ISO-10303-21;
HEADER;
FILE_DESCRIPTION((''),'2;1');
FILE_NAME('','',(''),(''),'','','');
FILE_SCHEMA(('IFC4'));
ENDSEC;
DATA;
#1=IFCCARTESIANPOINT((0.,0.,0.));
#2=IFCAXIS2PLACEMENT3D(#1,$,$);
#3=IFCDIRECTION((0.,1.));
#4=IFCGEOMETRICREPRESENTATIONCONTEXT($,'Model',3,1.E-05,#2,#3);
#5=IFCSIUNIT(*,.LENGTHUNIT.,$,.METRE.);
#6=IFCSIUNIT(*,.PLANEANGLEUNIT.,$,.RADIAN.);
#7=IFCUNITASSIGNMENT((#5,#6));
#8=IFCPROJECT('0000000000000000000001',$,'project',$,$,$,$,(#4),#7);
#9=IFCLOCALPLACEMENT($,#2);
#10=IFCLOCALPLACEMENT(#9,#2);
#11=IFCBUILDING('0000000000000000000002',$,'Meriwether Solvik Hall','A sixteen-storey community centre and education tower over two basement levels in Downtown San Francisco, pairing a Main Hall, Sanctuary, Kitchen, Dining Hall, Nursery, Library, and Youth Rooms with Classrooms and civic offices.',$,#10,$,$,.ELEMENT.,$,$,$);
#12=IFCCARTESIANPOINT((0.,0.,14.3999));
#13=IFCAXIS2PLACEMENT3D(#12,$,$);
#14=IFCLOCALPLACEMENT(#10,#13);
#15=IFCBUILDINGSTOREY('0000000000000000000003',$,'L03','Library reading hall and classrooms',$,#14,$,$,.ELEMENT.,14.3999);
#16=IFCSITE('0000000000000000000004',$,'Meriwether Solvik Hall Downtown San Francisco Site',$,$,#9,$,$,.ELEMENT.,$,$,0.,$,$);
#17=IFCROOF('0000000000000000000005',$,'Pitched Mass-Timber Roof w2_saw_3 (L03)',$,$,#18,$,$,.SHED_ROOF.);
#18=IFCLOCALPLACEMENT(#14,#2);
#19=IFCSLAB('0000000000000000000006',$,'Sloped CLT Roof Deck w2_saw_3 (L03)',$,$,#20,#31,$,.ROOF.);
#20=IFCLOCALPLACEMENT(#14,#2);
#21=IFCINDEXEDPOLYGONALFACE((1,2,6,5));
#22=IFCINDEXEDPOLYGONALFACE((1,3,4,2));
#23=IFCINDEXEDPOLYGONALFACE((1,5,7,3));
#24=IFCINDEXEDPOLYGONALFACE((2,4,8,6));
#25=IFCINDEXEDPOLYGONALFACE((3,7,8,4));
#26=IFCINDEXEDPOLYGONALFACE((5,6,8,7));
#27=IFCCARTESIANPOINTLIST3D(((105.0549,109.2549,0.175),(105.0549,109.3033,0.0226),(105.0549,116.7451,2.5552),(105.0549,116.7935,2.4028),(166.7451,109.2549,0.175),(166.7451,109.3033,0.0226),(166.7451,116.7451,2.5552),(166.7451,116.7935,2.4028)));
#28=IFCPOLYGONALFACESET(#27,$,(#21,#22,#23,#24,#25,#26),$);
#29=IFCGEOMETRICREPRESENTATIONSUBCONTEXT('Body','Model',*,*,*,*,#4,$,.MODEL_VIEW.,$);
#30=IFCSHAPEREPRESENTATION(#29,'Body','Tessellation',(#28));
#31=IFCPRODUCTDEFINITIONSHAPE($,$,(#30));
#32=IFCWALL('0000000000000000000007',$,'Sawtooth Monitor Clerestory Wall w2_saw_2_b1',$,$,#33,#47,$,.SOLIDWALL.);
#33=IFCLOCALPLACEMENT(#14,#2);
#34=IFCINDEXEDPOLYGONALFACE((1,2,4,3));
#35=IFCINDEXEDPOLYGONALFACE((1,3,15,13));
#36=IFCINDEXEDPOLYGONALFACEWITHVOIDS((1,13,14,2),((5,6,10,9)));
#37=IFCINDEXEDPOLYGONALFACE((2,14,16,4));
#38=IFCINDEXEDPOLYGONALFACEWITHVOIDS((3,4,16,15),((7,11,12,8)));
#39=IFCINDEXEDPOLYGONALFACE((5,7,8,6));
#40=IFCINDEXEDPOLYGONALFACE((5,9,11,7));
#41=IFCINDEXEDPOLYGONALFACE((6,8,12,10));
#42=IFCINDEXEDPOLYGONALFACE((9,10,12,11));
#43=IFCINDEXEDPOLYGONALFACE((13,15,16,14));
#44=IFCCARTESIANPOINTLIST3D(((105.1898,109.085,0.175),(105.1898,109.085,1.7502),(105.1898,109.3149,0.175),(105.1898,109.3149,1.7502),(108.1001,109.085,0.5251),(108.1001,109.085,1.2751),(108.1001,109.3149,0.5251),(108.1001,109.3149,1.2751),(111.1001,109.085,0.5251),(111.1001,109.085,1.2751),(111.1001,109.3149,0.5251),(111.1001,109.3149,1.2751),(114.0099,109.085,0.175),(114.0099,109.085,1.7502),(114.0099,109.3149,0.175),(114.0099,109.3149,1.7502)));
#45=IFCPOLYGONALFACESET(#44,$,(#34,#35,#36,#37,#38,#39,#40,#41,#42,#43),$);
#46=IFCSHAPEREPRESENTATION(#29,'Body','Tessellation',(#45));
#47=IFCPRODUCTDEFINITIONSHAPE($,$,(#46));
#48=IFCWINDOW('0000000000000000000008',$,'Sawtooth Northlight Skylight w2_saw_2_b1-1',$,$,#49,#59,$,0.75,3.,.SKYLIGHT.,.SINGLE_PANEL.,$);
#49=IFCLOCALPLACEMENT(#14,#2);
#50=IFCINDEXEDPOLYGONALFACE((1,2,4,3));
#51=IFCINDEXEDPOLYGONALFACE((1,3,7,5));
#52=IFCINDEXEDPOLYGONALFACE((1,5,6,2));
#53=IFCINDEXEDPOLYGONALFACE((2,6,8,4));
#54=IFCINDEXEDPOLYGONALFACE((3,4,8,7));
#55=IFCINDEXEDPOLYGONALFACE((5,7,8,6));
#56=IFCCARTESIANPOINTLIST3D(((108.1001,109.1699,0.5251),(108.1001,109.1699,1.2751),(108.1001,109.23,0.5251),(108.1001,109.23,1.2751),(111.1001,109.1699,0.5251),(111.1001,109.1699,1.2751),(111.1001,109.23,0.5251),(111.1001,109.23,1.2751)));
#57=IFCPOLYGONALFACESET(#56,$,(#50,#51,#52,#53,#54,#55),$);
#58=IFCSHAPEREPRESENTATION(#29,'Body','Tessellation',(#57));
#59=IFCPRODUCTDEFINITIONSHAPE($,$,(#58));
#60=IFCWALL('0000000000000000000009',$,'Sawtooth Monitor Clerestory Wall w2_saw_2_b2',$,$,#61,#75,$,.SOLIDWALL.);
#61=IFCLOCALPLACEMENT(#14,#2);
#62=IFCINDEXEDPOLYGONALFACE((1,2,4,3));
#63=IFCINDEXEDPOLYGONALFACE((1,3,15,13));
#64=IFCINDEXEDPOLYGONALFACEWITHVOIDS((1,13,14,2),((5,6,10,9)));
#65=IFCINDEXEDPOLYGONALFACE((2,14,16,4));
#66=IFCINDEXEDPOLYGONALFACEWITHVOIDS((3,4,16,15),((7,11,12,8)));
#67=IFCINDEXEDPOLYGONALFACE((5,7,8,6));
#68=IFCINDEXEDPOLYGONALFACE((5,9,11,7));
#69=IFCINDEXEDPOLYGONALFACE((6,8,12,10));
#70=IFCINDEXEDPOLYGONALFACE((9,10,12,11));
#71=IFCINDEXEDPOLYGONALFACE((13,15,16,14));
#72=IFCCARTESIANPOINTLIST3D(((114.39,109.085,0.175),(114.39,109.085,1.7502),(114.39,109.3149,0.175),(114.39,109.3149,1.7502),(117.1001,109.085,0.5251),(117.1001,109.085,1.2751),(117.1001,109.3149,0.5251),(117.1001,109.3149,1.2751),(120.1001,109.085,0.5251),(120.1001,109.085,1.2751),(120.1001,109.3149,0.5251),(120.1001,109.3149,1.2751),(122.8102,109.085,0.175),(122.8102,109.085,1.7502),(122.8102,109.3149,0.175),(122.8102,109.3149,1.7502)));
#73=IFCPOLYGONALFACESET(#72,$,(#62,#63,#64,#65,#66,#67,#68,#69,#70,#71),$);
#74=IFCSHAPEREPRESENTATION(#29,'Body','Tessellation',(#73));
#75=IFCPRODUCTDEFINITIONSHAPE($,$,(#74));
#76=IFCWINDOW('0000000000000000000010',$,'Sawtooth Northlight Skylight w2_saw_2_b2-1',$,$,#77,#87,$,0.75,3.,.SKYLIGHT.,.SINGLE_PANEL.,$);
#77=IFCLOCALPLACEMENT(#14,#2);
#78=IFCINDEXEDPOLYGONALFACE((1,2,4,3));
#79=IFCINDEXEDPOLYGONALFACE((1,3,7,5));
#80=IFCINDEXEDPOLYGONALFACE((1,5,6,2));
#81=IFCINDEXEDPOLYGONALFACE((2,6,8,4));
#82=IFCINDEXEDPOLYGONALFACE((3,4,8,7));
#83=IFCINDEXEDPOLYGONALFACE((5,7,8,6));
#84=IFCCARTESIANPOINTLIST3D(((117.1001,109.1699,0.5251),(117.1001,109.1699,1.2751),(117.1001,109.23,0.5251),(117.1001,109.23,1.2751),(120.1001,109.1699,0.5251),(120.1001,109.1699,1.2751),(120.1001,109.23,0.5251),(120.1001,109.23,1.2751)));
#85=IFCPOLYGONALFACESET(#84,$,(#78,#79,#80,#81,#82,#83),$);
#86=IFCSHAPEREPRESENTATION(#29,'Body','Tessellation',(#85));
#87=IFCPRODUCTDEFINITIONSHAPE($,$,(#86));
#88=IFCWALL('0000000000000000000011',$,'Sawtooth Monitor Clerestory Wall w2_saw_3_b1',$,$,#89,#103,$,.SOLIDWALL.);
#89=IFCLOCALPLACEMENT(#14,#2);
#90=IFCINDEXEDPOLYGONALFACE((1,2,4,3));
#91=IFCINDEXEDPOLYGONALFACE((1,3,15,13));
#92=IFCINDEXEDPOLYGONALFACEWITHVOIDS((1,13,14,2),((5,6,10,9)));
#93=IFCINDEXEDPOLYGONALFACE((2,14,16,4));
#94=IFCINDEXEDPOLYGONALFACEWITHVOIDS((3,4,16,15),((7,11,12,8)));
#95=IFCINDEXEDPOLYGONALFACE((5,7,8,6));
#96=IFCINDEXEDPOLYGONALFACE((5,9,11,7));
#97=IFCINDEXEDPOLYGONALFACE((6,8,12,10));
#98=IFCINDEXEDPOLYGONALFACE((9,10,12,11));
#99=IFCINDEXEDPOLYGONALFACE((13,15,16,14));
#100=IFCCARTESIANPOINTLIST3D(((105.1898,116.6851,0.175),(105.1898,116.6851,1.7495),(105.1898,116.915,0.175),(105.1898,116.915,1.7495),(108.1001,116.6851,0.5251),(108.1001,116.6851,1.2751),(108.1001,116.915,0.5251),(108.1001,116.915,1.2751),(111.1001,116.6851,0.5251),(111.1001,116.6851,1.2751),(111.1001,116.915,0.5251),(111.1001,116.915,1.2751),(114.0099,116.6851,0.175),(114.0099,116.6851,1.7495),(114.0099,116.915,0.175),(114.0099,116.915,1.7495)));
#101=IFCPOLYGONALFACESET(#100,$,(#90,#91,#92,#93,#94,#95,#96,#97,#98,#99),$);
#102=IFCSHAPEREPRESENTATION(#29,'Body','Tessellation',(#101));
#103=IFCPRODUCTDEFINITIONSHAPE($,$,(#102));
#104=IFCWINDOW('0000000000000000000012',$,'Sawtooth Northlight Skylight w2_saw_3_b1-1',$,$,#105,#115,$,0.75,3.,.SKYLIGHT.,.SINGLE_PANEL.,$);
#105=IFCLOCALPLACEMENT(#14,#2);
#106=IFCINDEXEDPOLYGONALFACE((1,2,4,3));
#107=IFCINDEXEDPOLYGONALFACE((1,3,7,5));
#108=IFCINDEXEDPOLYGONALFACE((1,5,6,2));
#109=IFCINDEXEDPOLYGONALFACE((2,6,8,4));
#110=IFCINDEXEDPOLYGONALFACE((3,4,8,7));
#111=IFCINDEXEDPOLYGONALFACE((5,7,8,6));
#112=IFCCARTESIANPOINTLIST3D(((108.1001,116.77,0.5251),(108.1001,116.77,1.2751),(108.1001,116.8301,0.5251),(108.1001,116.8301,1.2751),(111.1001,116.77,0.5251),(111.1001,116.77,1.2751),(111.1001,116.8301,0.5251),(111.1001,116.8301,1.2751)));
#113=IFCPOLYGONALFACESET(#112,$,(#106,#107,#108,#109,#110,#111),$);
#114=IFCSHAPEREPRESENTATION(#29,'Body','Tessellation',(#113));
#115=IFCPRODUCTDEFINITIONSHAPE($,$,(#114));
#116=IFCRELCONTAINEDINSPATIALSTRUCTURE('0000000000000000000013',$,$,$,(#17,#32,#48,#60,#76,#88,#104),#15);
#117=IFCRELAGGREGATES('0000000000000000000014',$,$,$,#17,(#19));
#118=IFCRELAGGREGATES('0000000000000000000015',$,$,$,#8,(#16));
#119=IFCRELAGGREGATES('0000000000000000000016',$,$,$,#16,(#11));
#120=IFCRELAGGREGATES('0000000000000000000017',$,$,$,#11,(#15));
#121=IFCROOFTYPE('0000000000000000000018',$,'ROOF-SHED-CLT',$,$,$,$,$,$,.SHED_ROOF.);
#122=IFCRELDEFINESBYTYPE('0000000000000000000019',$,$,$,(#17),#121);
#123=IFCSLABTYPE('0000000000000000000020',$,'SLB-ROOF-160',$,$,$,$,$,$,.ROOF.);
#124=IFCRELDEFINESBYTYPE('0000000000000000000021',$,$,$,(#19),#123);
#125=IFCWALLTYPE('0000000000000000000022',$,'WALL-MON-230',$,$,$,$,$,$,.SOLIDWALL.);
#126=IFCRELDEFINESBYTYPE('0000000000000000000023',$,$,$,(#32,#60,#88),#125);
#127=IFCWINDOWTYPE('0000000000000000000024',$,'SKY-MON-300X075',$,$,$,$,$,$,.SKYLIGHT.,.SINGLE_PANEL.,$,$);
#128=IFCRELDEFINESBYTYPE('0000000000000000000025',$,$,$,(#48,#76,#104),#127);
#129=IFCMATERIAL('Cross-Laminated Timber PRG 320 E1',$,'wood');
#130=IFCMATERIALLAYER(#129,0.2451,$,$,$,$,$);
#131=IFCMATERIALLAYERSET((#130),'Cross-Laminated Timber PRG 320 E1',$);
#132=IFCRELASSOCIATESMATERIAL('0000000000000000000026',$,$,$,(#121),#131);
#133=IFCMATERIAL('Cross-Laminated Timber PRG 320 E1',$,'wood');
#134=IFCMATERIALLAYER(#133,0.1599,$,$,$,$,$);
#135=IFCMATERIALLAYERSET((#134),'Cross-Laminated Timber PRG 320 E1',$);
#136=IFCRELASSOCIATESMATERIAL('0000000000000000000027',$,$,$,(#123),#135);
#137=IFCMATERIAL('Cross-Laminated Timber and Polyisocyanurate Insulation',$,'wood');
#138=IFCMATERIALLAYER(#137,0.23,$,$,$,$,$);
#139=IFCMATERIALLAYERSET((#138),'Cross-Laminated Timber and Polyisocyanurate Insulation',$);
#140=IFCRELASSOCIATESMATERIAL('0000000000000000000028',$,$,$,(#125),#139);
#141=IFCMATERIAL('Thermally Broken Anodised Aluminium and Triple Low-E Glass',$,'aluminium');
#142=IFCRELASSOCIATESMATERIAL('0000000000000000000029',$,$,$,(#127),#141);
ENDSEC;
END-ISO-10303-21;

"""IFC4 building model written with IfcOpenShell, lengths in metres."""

from ifc_helpers import new_model, si_unit, direction, frame, frame_2d, origin, place, context, subcontext, project, spatial, polyline, rectangle, outline, extrude, material, layer, layer_set, type_object, element, fill, aggregate, save


model = new_model("IFC4")

# Units and contexts
model_context = context("Model", 3, precision=1e-05, world=origin(), true_north=direction((0.0, 1.0)))
body_context = subcontext(model_context, "Body", "Model", "MODEL_VIEW")
ifc_project = project(units=[si_unit("LENGTHUNIT", "METRE"), si_unit("PLANEANGLEUNIT", "RADIAN")], contexts=[model_context])

# Site, building, storey
site_placement = place(None, origin())
site = spatial("IfcSite", under=ifc_project, at=site_placement, Name="Meriwether Solvik Hall Downtown San Francisco Site", CompositionType="ELEMENT", RefElevation=0.0)
building_placement = place(site_placement, origin())
building = spatial("IfcBuilding", under=site, at=building_placement, Name="Meriwether Solvik Hall", Description="A sixteen-storey community centre and education tower over two basement levels in Downtown San Francisco, pairing a Main Hall, Sanctuary, Kitchen, Dining Hall, Nursery, Library, and Youth Rooms with Classrooms and civic offices.", CompositionType="ELEMENT")
storey_placement = place(building_placement, frame((0.0, 0.0, 14.3999)))
storey = spatial("IfcBuildingStorey", under=building, at=storey_placement, Name="L03", Description="Library reading hall and classrooms", CompositionType="ELEMENT", Elevation=14.3999)

# Roof, slab
ifc_material_1 = material(Name="Cross-Laminated Timber PRG 320 E1", Category="wood")
ifc_layer_1 = layer(ifc_material_1, 0.2451)
ifc_layer_set_1 = layer_set([ifc_layer_1], Name="Cross-Laminated Timber PRG 320 E1")
roof_type = type_object("IfcRoofType", Name="ROOF-SHED-CLT", PredefinedType="SHED_ROOF", material=ifc_layer_set_1)
roof_placement = place(storey_placement, origin())
roof = element("IfcRoof", 1, at=roof_placement, inside=storey, type_object=roof_type, Name="Pitched Mass-Timber Roof w2_saw_3 (L03)", PredefinedType="SHED_ROOF")
ifc_material_2 = material(Name="Cross-Laminated Timber PRG 320 E1", Category="wood")
ifc_layer_2 = layer(ifc_material_2, 0.1599)
ifc_layer_set_2 = layer_set([ifc_layer_2], Name="Cross-Laminated Timber PRG 320 E1")
slab_type = type_object("IfcSlabType", Name="SLB-ROOF-160", PredefinedType="ROOF", material=ifc_layer_set_2)
slab_placement = place(storey_placement, frame((105.0549, 109.2549, 0.175), z_axis=(0.0, -0.302842, 0.953041), x_axis=(1.0, 0.0, 0.0)))
slab = element("IfcSlab", 2, at=slab_placement, type_object=slab_type, Name="Sloped CLT Roof Deck w2_saw_3 (L03)", PredefinedType="ROOF", context=body_context, shape_type="SweptSolid", body=[
    extrude(outline(polyline([(0.0, 0.0), (61.6902, 0.0), (61.6902, 7.8593), (0.0, 7.8593), (0.0, 0.0)])), origin(), (0.0, 0.0, -1.0), 0.1599),
])
aggregate(roof, [slab])

# Walls, openings, windows
ifc_material_3 = material(Name="Cross-Laminated Timber and Polyisocyanurate Insulation", Category="wood")
ifc_layer_3 = layer(ifc_material_3, 0.23)
ifc_layer_set_3 = layer_set([ifc_layer_3], Name="Cross-Laminated Timber and Polyisocyanurate Insulation")
wall_type = type_object("IfcWallType", Name="WALL-MON-230", PredefinedType="SOLIDWALL", material=ifc_layer_set_3)
wall_1_placement = place(storey_placement, frame((114.01, 109.2, 0.175), z_axis=(0.0, 0.0, 1.0), x_axis=(-1.0, 0.0, 0.0)))
wall_1 = element("IfcWall", 3, at=wall_1_placement, inside=storey, type_object=wall_type, Name="Sawtooth Monitor Clerestory Wall w2_saw_2_b1", PredefinedType="SOLIDWALL", context=body_context, shape_type="SweptSolid", body=[
    extrude(rectangle(XDim=8.8201, YDim=0.23, at=frame_2d((4.4102, 0.0))), origin(), (0.0, 0.0, 1.0), 1.5752),
])
opening_1_placement = place(wall_1_placement, frame((2.9099, 0.0, 0.3501)))
opening_1 = element("IfcOpeningElement", 4, at=opening_1_placement, cuts=wall_1, PredefinedType="OPENING", context=body_context, shape_type="SweptSolid", body=[
    extrude(rectangle(XDim=3.0, YDim=0.75, at=frame_2d((1.5, 0.375))), frame((0.0, 0.127, 0.0), z_axis=(0.0, -1.0, 0.0), x_axis=(1.0, 0.0, 0.0)), (0.0, 0.0, 1.0), 0.2539),
])
ifc_material_4 = material(Name="Thermally Broken Anodised Aluminium and Triple Low-E Glass", Category="aluminium")
window_type = type_object("IfcWindowType", Name="SKY-MON-300X075", PartitioningType="SINGLE_PANEL", PredefinedType="SKYLIGHT", material=ifc_material_4)
window_1_placement = place(opening_1_placement, origin())
window_1 = element("IfcWindow", 5, at=window_1_placement, inside=storey, type_object=window_type, Name="Sawtooth Northlight Skylight w2_saw_2_b1-1", OverallHeight=0.75, OverallWidth=3.0, PartitioningType="SINGLE_PANEL", PredefinedType="SKYLIGHT", context=body_context, shape_type="SweptSolid", body=[
    extrude(rectangle(XDim=3.0, YDim=0.75, at=frame_2d((1.5, 0.375))), frame((0.0, 0.03, 0.0), z_axis=(0.0, -1.0, 0.0), x_axis=(1.0, 0.0, 0.0)), (0.0, 0.0, 1.0), 0.0601),
])
fill(opening_1, window_1)
wall_2_placement = place(storey_placement, frame((122.8101, 109.2, 0.175), z_axis=(0.0, 0.0, 1.0), x_axis=(-1.0, 0.0, 0.0)))
wall_2 = element("IfcWall", 6, at=wall_2_placement, inside=storey, type_object=wall_type, Name="Sawtooth Monitor Clerestory Wall w2_saw_2_b2", PredefinedType="SOLIDWALL", context=body_context, shape_type="SweptSolid", body=[
    extrude(rectangle(XDim=8.4202, YDim=0.23, at=frame_2d((4.21, 0.0))), origin(), (0.0, 0.0, 1.0), 1.5752),
])
opening_2_placement = place(wall_2_placement, frame((2.71, 0.0, 0.3501)))
opening_2 = element("IfcOpeningElement", 7, at=opening_2_placement, cuts=wall_2, PredefinedType="OPENING", context=body_context, shape_type="SweptSolid", body=[
    extrude(rectangle(XDim=3.0, YDim=0.75, at=frame_2d((1.5, 0.375))), frame((0.0, 0.127, 0.0), z_axis=(0.0, -1.0, 0.0), x_axis=(1.0, 0.0, 0.0)), (0.0, 0.0, 1.0), 0.2539),
])
window_2_placement = place(opening_2_placement, origin())
window_2 = element("IfcWindow", 8, at=window_2_placement, inside=storey, type_object=window_type, Name="Sawtooth Northlight Skylight w2_saw_2_b2-1", OverallHeight=0.75, OverallWidth=3.0, PartitioningType="SINGLE_PANEL", PredefinedType="SKYLIGHT", context=body_context, shape_type="SweptSolid", body=[
    extrude(rectangle(XDim=3.0, YDim=0.75, at=frame_2d((1.5, 0.375))), frame((0.0, 0.03, 0.0), z_axis=(0.0, -1.0, 0.0), x_axis=(1.0, 0.0, 0.0)), (0.0, 0.0, 1.0), 0.0601),
])
fill(opening_2, window_2)
wall_3_placement = place(storey_placement, frame((114.01, 116.8, 0.175), z_axis=(0.0, 0.0, 1.0), x_axis=(-1.0, 0.0, 0.0)))
wall_3 = element("IfcWall", 9, at=wall_3_placement, inside=storey, type_object=wall_type, Name="Sawtooth Monitor Clerestory Wall w2_saw_3_b1", PredefinedType="SOLIDWALL", context=body_context, shape_type="SweptSolid", body=[
    extrude(rectangle(XDim=8.8201, YDim=0.23, at=frame_2d((4.4102, 0.0))), origin(), (0.0, 0.0, 1.0), 1.5745),
])
opening_3_placement = place(wall_3_placement, frame((2.9099, 0.0, 0.3501)))
opening_3 = element("IfcOpeningElement", 10, at=opening_3_placement, cuts=wall_3, PredefinedType="OPENING", context=body_context, shape_type="SweptSolid", body=[
    extrude(rectangle(XDim=3.0, YDim=0.75, at=frame_2d((1.5, 0.375))), frame((0.0, 0.127, 0.0), z_axis=(0.0, -1.0, 0.0), x_axis=(1.0, 0.0, 0.0)), (0.0, 0.0, 1.0), 0.2539),
])
window_3_placement = place(opening_3_placement, origin())
window_3 = element("IfcWindow", 11, at=window_3_placement, inside=storey, type_object=window_type, Name="Sawtooth Northlight Skylight w2_saw_3_b1-1", OverallHeight=0.75, OverallWidth=3.0, PartitioningType="SINGLE_PANEL", PredefinedType="SKYLIGHT", context=body_context, shape_type="SweptSolid", body=[
    extrude(rectangle(XDim=3.0, YDim=0.75, at=frame_2d((1.5, 0.375))), frame((0.0, 0.03, 0.0), z_axis=(0.0, -1.0, 0.0), x_axis=(1.0, 0.0, 0.0)), (0.0, 0.0, 1.0), 0.0601),
])
fill(opening_3, window_3)

save(model, "model.ifc")
